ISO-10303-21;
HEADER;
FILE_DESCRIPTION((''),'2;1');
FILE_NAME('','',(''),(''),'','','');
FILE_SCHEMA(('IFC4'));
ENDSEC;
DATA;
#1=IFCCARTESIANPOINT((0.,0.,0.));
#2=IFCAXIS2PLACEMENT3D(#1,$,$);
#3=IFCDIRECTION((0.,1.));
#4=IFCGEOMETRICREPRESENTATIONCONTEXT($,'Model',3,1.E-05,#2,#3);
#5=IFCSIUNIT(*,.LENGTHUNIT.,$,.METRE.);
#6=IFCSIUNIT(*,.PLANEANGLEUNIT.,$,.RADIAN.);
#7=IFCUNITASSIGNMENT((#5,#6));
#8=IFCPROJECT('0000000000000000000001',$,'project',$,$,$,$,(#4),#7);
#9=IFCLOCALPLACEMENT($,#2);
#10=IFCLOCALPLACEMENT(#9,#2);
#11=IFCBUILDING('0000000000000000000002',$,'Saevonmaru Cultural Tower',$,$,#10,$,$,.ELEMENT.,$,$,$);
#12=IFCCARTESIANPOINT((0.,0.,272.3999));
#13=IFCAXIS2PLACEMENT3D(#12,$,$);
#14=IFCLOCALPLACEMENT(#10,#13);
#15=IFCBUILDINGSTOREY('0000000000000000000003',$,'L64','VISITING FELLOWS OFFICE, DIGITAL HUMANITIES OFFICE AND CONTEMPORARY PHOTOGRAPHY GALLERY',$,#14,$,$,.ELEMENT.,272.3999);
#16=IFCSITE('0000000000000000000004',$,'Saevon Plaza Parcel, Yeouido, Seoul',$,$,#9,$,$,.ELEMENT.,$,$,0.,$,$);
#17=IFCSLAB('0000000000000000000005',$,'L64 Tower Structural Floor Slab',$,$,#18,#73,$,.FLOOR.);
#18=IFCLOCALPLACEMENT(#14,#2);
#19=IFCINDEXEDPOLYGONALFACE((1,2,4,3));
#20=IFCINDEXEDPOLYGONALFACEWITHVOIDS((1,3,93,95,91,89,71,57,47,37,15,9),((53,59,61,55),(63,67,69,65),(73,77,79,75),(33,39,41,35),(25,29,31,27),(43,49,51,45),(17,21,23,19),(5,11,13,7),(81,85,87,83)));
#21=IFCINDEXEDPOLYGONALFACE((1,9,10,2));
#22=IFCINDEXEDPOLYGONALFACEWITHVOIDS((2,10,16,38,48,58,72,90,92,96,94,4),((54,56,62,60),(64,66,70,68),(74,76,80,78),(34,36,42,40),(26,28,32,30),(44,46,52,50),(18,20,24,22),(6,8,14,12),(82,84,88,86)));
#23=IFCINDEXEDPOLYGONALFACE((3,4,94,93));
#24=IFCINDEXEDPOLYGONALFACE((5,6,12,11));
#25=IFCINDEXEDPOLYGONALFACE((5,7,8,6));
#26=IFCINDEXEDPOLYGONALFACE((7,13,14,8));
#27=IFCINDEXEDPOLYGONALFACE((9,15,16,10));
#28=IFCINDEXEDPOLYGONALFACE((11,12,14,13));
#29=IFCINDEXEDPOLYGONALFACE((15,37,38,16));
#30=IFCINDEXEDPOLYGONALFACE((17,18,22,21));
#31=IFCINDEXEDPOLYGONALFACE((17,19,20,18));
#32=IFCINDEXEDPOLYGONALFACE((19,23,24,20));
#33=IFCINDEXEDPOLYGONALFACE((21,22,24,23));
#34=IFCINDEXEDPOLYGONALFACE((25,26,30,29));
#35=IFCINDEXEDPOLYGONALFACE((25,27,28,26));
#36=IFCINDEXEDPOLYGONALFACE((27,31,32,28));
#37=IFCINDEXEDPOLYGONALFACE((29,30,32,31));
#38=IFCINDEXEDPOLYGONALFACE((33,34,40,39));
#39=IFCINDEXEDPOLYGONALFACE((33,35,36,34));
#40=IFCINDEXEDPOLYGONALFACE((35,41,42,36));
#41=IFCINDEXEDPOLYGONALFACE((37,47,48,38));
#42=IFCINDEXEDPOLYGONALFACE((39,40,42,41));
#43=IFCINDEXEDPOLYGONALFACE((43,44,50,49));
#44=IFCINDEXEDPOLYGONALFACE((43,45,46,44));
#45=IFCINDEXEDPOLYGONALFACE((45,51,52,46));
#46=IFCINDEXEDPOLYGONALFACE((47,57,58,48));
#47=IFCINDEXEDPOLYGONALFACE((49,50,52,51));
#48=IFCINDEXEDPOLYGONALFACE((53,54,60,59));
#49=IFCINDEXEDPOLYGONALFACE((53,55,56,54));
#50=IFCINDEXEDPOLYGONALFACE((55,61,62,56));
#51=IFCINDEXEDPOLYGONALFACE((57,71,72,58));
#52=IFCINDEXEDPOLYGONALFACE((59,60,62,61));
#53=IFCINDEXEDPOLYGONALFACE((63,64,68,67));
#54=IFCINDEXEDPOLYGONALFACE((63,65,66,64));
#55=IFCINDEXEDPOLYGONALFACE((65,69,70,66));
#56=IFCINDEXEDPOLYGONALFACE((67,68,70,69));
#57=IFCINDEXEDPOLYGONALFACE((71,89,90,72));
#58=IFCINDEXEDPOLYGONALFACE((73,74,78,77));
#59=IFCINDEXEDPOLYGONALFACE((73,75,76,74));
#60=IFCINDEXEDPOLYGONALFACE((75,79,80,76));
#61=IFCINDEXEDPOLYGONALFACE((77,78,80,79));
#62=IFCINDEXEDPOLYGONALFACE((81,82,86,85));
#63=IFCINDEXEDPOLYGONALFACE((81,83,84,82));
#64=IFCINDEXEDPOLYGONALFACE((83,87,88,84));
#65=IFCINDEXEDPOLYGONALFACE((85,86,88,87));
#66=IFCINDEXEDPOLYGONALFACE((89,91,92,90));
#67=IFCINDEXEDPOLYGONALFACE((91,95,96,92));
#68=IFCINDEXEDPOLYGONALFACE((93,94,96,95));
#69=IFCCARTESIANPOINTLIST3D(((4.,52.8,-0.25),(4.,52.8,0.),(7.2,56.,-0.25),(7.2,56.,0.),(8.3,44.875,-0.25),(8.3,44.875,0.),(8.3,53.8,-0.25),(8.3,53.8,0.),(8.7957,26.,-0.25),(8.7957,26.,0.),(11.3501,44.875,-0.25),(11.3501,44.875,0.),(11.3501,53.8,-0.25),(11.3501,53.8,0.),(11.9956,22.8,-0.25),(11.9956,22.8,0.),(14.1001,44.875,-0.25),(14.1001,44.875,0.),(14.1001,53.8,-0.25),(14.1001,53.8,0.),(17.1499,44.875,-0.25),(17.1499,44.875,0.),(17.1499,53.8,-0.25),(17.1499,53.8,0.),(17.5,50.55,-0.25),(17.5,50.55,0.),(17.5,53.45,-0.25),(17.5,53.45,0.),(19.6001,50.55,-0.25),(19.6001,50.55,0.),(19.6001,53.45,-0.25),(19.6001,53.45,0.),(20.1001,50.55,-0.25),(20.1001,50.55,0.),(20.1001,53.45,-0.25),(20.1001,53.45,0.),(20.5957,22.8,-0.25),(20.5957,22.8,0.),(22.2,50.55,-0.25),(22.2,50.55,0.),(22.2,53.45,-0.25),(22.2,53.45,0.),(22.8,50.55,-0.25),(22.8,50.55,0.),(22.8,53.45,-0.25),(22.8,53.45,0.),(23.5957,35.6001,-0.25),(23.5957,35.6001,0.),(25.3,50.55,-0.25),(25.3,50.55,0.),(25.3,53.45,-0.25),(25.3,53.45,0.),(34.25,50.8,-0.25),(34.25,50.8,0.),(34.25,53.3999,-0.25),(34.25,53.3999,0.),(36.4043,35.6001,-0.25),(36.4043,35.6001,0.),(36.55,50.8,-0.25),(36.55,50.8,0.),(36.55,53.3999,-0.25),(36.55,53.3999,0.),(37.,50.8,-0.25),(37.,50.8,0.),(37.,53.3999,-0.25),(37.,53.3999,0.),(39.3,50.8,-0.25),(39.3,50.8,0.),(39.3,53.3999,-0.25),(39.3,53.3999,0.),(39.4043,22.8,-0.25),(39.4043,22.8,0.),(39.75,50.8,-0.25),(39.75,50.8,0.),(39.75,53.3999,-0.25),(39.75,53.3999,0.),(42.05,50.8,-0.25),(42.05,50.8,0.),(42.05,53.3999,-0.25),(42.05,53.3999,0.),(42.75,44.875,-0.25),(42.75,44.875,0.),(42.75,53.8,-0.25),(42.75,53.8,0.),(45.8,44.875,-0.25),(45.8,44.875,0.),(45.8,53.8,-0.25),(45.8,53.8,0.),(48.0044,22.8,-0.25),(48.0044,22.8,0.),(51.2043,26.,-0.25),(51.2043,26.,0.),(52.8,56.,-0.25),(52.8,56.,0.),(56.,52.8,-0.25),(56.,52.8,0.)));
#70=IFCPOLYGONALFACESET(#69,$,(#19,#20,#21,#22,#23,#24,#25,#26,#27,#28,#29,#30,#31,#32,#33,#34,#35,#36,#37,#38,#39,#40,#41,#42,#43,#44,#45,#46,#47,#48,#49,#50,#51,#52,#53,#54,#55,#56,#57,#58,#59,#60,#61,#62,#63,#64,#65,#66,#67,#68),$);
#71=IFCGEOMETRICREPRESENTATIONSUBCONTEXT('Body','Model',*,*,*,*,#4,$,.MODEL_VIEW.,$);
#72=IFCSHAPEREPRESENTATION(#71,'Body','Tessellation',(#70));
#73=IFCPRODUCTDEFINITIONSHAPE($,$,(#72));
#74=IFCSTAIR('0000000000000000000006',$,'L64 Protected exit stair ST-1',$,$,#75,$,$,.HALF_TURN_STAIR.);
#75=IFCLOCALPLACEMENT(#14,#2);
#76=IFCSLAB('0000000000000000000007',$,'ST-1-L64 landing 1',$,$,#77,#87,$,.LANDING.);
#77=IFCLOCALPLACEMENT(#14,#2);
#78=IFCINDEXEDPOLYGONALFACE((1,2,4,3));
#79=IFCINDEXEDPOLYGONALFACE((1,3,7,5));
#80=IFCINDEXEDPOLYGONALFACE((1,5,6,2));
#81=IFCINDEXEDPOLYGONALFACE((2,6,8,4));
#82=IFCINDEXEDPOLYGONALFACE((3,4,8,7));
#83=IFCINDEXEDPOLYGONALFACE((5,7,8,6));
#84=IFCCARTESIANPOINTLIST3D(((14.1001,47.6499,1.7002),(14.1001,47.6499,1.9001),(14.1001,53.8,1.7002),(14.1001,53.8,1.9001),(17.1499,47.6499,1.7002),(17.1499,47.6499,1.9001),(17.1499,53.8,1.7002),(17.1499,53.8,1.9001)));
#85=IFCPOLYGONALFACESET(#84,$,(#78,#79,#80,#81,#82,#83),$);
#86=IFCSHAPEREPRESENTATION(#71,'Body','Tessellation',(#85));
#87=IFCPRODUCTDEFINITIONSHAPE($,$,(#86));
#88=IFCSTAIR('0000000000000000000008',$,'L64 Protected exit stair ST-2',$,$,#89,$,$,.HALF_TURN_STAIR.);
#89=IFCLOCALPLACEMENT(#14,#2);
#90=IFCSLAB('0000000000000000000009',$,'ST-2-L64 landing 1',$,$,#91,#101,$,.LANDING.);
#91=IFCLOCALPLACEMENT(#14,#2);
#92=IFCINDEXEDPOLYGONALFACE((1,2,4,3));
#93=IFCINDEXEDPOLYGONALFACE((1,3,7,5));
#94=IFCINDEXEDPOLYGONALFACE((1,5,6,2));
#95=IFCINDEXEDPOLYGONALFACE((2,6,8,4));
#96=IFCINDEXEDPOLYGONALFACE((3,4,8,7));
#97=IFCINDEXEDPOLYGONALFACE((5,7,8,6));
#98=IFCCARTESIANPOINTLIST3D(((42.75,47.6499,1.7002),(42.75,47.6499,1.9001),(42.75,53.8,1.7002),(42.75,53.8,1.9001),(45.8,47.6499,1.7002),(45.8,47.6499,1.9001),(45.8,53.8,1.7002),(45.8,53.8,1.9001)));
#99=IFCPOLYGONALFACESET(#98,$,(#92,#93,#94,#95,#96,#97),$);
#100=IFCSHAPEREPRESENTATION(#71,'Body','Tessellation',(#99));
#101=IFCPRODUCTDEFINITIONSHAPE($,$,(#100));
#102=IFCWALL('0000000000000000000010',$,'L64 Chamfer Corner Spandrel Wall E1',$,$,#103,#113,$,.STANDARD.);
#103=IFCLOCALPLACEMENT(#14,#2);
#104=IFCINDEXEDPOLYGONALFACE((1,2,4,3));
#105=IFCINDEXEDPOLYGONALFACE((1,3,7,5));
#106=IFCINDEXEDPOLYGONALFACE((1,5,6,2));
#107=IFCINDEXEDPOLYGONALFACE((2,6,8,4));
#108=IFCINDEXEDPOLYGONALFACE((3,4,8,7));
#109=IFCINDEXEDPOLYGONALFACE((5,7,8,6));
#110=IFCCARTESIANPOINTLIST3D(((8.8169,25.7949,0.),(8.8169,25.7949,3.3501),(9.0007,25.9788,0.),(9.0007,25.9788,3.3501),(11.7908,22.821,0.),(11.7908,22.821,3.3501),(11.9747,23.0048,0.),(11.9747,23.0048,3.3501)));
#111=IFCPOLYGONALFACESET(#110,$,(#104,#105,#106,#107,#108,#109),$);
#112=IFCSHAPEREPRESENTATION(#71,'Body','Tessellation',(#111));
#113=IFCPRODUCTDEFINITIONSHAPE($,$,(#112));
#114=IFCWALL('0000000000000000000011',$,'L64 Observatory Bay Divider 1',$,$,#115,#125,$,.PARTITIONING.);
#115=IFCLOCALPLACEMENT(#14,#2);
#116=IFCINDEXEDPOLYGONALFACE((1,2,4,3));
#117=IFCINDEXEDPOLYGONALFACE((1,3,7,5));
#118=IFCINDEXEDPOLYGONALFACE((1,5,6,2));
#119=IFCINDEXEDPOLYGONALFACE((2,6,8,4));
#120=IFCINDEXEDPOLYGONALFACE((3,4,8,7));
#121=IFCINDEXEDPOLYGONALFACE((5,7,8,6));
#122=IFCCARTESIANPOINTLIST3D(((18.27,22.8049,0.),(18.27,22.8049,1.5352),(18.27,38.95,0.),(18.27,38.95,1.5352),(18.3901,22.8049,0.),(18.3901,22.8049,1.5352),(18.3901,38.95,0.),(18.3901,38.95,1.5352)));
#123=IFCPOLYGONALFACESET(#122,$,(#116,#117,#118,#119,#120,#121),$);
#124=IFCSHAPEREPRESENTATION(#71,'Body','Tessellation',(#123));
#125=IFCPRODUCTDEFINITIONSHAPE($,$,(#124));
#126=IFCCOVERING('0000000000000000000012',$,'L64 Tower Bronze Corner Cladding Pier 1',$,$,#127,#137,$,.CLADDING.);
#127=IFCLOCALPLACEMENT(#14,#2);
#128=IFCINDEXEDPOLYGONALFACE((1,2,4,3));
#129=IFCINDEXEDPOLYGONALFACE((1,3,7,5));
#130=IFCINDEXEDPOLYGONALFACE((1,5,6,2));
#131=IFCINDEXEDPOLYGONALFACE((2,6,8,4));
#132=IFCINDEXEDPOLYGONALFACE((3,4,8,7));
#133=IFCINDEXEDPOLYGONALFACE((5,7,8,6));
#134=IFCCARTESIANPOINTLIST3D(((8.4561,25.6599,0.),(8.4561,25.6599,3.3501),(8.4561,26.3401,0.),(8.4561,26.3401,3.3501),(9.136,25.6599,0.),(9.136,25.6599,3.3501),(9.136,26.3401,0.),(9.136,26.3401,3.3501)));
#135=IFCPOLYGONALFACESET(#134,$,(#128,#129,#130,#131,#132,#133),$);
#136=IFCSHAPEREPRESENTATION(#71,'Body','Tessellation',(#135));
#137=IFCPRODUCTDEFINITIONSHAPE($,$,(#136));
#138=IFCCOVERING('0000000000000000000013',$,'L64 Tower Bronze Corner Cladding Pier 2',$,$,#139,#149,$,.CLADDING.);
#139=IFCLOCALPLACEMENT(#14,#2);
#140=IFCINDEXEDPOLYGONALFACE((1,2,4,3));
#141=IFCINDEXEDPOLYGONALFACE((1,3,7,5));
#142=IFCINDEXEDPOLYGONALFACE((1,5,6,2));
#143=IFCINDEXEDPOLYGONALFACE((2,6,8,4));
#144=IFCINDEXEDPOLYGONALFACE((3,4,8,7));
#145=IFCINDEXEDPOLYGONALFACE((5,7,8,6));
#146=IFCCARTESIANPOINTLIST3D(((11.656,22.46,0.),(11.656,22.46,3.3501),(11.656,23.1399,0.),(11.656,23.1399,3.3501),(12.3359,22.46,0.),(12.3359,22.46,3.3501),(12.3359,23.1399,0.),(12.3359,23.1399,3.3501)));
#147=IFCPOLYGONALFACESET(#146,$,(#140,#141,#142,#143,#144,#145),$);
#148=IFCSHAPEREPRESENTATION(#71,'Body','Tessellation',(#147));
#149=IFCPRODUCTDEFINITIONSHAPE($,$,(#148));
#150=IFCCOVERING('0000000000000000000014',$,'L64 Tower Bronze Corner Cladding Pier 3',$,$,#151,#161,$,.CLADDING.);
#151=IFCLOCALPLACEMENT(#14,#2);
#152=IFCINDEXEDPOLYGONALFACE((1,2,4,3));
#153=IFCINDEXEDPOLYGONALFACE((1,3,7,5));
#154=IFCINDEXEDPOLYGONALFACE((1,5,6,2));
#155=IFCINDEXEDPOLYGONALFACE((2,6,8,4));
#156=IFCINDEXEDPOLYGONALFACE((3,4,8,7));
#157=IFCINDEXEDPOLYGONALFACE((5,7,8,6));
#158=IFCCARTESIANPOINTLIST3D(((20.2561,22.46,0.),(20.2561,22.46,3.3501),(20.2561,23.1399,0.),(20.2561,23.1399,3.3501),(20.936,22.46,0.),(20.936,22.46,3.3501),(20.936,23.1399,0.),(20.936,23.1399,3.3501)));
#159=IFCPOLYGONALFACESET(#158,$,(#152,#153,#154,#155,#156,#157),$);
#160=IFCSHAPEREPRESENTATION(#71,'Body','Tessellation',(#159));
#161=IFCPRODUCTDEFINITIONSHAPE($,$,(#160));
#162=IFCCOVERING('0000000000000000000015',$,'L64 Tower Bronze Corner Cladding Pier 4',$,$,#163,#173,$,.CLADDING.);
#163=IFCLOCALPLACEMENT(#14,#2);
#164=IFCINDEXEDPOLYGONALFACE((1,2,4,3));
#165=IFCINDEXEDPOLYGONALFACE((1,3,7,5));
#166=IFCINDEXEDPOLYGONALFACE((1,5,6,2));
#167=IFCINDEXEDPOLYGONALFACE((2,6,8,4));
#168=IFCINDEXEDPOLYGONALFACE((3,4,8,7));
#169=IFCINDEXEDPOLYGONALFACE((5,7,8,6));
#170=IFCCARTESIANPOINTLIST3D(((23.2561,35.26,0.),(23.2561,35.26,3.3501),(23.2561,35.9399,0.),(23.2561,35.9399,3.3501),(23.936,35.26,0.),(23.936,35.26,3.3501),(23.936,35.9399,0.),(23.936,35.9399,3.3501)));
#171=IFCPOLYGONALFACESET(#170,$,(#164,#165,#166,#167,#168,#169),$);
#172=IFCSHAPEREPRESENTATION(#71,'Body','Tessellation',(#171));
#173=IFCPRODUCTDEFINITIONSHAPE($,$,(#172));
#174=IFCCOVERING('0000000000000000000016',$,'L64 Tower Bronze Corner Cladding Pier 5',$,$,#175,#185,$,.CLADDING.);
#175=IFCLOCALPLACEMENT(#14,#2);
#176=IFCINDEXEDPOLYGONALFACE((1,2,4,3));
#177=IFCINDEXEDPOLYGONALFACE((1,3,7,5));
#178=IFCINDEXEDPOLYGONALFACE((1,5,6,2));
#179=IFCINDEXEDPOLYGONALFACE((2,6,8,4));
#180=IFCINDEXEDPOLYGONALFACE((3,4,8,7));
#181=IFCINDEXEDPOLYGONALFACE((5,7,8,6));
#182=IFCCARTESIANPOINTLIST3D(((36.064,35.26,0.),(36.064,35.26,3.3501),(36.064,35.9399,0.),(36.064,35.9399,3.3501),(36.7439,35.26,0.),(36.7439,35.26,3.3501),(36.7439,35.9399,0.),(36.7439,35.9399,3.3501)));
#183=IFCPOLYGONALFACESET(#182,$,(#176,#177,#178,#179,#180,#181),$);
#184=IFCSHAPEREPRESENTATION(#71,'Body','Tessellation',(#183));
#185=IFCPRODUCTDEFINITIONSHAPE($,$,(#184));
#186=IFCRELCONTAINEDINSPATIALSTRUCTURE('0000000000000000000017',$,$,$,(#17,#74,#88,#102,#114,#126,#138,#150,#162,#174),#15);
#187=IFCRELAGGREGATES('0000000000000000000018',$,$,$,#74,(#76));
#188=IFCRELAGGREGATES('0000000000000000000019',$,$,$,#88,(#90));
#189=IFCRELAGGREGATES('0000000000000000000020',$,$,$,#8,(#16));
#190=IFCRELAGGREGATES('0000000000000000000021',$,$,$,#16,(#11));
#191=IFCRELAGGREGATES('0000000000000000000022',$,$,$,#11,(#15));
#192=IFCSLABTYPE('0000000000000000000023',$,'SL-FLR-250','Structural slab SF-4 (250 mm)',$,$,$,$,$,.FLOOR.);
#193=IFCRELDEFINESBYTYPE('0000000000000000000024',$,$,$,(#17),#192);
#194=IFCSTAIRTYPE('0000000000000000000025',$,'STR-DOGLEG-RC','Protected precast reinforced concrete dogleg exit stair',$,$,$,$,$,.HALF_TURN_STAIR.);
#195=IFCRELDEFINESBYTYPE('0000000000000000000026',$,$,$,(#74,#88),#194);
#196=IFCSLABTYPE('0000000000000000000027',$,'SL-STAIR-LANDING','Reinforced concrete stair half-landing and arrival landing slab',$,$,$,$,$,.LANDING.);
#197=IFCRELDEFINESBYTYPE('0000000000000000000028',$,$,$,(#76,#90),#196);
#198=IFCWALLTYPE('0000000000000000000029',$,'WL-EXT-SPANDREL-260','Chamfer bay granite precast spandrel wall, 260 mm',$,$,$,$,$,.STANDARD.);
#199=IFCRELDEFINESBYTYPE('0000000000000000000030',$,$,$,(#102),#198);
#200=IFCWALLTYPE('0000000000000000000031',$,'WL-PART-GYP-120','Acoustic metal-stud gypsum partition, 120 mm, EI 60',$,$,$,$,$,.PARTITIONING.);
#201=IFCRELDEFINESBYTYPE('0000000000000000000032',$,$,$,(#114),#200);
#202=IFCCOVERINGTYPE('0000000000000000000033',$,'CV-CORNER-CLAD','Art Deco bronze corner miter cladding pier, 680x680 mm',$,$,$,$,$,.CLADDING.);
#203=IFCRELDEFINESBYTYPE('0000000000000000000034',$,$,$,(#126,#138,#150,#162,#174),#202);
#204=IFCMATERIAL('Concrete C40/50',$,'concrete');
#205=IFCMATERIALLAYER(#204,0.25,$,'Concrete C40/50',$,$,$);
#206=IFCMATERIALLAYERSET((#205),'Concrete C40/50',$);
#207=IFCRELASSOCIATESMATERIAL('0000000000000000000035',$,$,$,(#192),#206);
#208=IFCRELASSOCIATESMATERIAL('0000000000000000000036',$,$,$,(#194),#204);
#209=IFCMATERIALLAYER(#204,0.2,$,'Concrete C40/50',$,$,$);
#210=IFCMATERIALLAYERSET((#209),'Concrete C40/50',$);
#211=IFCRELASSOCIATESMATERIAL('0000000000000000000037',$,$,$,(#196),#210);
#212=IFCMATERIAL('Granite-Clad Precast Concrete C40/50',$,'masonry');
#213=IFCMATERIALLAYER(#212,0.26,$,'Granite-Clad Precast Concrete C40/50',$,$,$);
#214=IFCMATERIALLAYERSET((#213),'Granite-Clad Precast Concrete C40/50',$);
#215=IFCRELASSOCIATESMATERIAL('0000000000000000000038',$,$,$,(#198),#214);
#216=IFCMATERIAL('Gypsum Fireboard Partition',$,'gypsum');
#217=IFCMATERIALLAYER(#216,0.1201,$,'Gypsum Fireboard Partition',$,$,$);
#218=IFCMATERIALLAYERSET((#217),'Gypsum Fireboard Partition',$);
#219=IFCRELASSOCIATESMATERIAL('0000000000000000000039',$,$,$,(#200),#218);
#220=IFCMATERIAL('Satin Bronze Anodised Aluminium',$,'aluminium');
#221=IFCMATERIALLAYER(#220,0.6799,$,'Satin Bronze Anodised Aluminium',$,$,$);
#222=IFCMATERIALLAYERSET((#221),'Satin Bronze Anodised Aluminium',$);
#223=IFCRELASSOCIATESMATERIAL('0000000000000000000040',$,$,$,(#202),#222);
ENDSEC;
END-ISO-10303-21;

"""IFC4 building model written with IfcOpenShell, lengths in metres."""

from ifc_helpers import new_model, si_unit, direction, frame, frame_2d, origin, place, context, subcontext, project, spatial, polyline, rectangle, outline, extrude, material, layer, layer_set, type_object, element, aggregate, save


model = new_model("IFC4")

# Units and contexts
model_context = context("Model", 3, precision=1e-05, world=origin(), true_north=direction((0.0, 1.0)))
body_context = subcontext(model_context, "Body", "Model", "MODEL_VIEW")
ifc_project = project(units=[si_unit("LENGTHUNIT", "METRE"), si_unit("PLANEANGLEUNIT", "RADIAN")], contexts=[model_context])

# Site, building, storey
site_placement = place(None, origin())
site = spatial("IfcSite", under=ifc_project, at=site_placement, Name="Saevon Plaza Parcel, Yeouido, Seoul", CompositionType="ELEMENT", RefElevation=0.0)
building_placement = place(site_placement, origin())
building = spatial("IfcBuilding", under=site, at=building_placement, Name="Saevonmaru Cultural Tower", CompositionType="ELEMENT")
storey_placement = place(building_placement, frame((0.0, 0.0, 272.3999)))
storey = spatial("IfcBuildingStorey", under=building, at=storey_placement, Name="L64", Description="VISITING FELLOWS OFFICE, DIGITAL HUMANITIES OFFICE AND CONTEMPORARY PHOTOGRAPHY GALLERY", CompositionType="ELEMENT", Elevation=272.3999)

# Shared definitions
ifc_material_1 = material(Name="Satin Bronze Anodised Aluminium", Category="aluminium")

# Slab
ifc_material_2 = material(Name="Concrete C40/50", Category="concrete")
ifc_layer_1 = layer(ifc_material_2, 0.25, Name="Concrete C40/50")
ifc_layer_set_1 = layer_set([ifc_layer_1], Name="Concrete C40/50")
slab_type_1 = type_object("IfcSlabType", Name="SL-FLR-250", Description="Structural slab SF-4 (250 mm)", PredefinedType="FLOOR", material=ifc_layer_set_1)
slab_1_placement = place(storey_placement, frame((0.0, 0.0, -0.25)))
element("IfcSlab", 1, at=slab_1_placement, inside=storey, type_object=slab_type_1, Name="L64 Tower Structural Floor Slab", PredefinedType="FLOOR", context=body_context, shape_type="SweptSolid", body=[
    extrude(outline(polyline([(8.7957, 26.0), (11.9956, 22.8), (20.5957, 22.8), (23.5957, 35.6001), (36.4043, 35.6001), (39.4043, 22.8), (48.0044, 22.8), (51.2043, 26.0), (56.0, 52.8), (52.8, 56.0), (7.2, 56.0), (4.0, 52.8), (8.7957, 26.0)]), holes=[polyline([(45.8, 53.8), (45.8, 44.875), (42.75, 44.875), (42.75, 53.8), (45.8, 53.8)]), polyline([(39.75, 50.8), (39.75, 53.3999), (42.05, 53.3999), (42.05, 50.8), (39.75, 50.8)]), polyline([(37.0, 50.8), (37.0, 53.3999), (39.3, 53.3999), (39.3, 50.8), (37.0, 50.8)]), polyline([(36.55, 50.8), (34.25, 50.8), (34.25, 53.3999), (36.55, 53.3999), (36.55, 50.8)]), polyline([(25.3, 50.55), (22.8, 50.55), (22.8, 53.45), (25.3, 53.45), (25.3, 50.55)]), polyline([(22.2, 50.55), (20.1001, 50.55), (20.1001, 53.45), (22.2, 53.45), (22.2, 50.55)]), polyline([(19.6001, 50.55), (17.5, 50.55), (17.5, 53.45), (19.6001, 53.45), (19.6001, 50.55)]), polyline([(17.1499, 53.8), (17.1499, 44.875), (14.1001, 44.875), (14.1001, 53.8), (17.1499, 53.8)]), polyline([(11.3501, 53.8), (11.3501, 44.875), (8.3, 44.875), (8.3, 53.8), (11.3501, 53.8)])]), origin(), (0.0, 0.0, 1.0), 0.25),
])

# Stairs, slabs
stair_type = type_object("IfcStairType", Name="STR-DOGLEG-RC", Description="Protected precast reinforced concrete dogleg exit stair", PredefinedType="HALF_TURN_STAIR", material=ifc_material_2)
stair_1_placement = place(storey_placement, origin())
stair_1 = element("IfcStair", 2, at=stair_1_placement, inside=storey, type_object=stair_type, Name="L64 Protected exit stair ST-1", PredefinedType="HALF_TURN_STAIR")
ifc_layer_2 = layer(ifc_material_2, 0.2, Name="Concrete C40/50")
ifc_layer_set_2 = layer_set([ifc_layer_2], Name="Concrete C40/50")
slab_type_2 = type_object("IfcSlabType", Name="SL-STAIR-LANDING", Description="Reinforced concrete stair half-landing and arrival landing slab", PredefinedType="LANDING", material=ifc_layer_set_2)
slab_2_placement = place(storey_placement, frame((0.0, 0.0, 1.7002)))
slab_2 = element("IfcSlab", 3, at=slab_2_placement, type_object=slab_type_2, Name="ST-1-L64 landing 1", PredefinedType="LANDING", context=body_context, shape_type="SweptSolid", body=[
    extrude(outline(polyline([(17.1499, 47.6499), (17.1499, 53.8), (14.1001, 53.8), (14.1001, 47.6499), (17.1499, 47.6499)])), origin(), (0.0, 0.0, 1.0), 0.2),
])
aggregate(stair_1, [slab_2])
stair_2_placement = place(storey_placement, origin())
stair_2 = element("IfcStair", 4, at=stair_2_placement, inside=storey, type_object=stair_type, Name="L64 Protected exit stair ST-2", PredefinedType="HALF_TURN_STAIR")
slab_3_placement = place(storey_placement, frame((0.0, 0.0, 1.7002)))
slab_3 = element("IfcSlab", 5, at=slab_3_placement, type_object=slab_type_2, Name="ST-2-L64 landing 1", PredefinedType="LANDING", context=body_context, shape_type="SweptSolid", body=[
    extrude(outline(polyline([(45.8, 47.6499), (45.8, 53.8), (42.75, 53.8), (42.75, 47.6499), (45.8, 47.6499)])), origin(), (0.0, 0.0, 1.0), 0.2),
])
aggregate(stair_2, [slab_3])

# Walls
ifc_material_3 = material(Name="Granite-Clad Precast Concrete C40/50", Category="masonry")
ifc_layer_3 = layer(ifc_material_3, 0.26, Name="Granite-Clad Precast Concrete C40/50")
ifc_layer_set_3 = layer_set([ifc_layer_3], Name="Granite-Clad Precast Concrete C40/50")
wall_type_1 = type_object("IfcWallType", Name="WL-EXT-SPANDREL-260", Description="Chamfer bay granite precast spandrel wall, 260 mm", PredefinedType="STANDARD", material=ifc_layer_set_3)
wall_1_placement = place(storey_placement, frame((8.9087, 25.887, 0.0), z_axis=(0.0, 0.0, 1.0), x_axis=(0.707107, -0.707107, 0.0)))
element("IfcWall", 6, at=wall_1_placement, inside=storey, type_object=wall_type_1, Name="L64 Chamfer Corner Spandrel Wall E1", PredefinedType="STANDARD", context=body_context, shape_type="SweptSolid", body=[
    extrude(rectangle(XDim=4.2058, YDim=0.26, at=frame_2d((2.103, 0.0))), origin(), (0.0, 0.0, 1.0), 3.3501),
])
ifc_material_4 = material(Name="Gypsum Fireboard Partition", Category="gypsum")
ifc_layer_4 = layer(ifc_material_4, 0.1201, Name="Gypsum Fireboard Partition")
ifc_layer_set_4 = layer_set([ifc_layer_4], Name="Gypsum Fireboard Partition")
wall_type_2 = type_object("IfcWallType", Name="WL-PART-GYP-120", Description="Acoustic metal-stud gypsum partition, 120 mm, EI 60", PredefinedType="PARTITIONING", material=ifc_layer_set_4)
wall_2_placement = place(storey_placement, frame((18.3301, 22.8049, 0.0), z_axis=(0.0, 0.0, 1.0), x_axis=(0.0, 1.0, 0.0)))
element("IfcWall", 7, at=wall_2_placement, inside=storey, type_object=wall_type_2, Name="L64 Observatory Bay Divider 1", PredefinedType="PARTITIONING", context=body_context, shape_type="SweptSolid", body=[
    extrude(rectangle(XDim=16.145, YDim=0.1201, at=frame_2d((8.0725, 0.0))), origin(), (0.0, 0.0, 1.0), 1.5352),
])

# Coverings
ifc_layer_5 = layer(ifc_material_1, 0.6799, Name="Satin Bronze Anodised Aluminium")
ifc_layer_set_5 = layer_set([ifc_layer_5], Name="Satin Bronze Anodised Aluminium")
covering_type = type_object("IfcCoveringType", Name="CV-CORNER-CLAD", Description="Art Deco bronze corner miter cladding pier, 680x680 mm", PredefinedType="CLADDING", material=ifc_layer_set_5)
covering_1_placement = place(storey_placement, origin())
element("IfcCovering", 8, at=covering_1_placement, inside=storey, type_object=covering_type, Name="L64 Tower Bronze Corner Cladding Pier 1", PredefinedType="CLADDING", context=body_context, shape_type="SweptSolid", body=[
    extrude(outline(polyline([(8.4561, 25.6599), (9.136, 25.6599), (9.136, 26.3401), (8.4561, 26.3401), (8.4561, 25.6599)])), origin(), (0.0, 0.0, 1.0), 3.3501),
])
covering_2_placement = place(storey_placement, origin())
element("IfcCovering", 9, at=covering_2_placement, inside=storey, type_object=covering_type, Name="L64 Tower Bronze Corner Cladding Pier 2", PredefinedType="CLADDING", context=body_context, shape_type="SweptSolid", body=[
    extrude(outline(polyline([(11.656, 22.46), (12.3359, 22.46), (12.3359, 23.1399), (11.656, 23.1399), (11.656, 22.46)])), origin(), (0.0, 0.0, 1.0), 3.3501),
])
covering_3_placement = place(storey_placement, origin())
element("IfcCovering", 10, at=covering_3_placement, inside=storey, type_object=covering_type, Name="L64 Tower Bronze Corner Cladding Pier 3", PredefinedType="CLADDING", context=body_context, shape_type="SweptSolid", body=[
    extrude(outline(polyline([(20.2561, 22.46), (20.936, 22.46), (20.936, 23.1399), (20.2561, 23.1399), (20.2561, 22.46)])), origin(), (0.0, 0.0, 1.0), 3.3501),
])
covering_4_placement = place(storey_placement, origin())
element("IfcCovering", 11, at=covering_4_placement, inside=storey, type_object=covering_type, Name="L64 Tower Bronze Corner Cladding Pier 4", PredefinedType="CLADDING", context=body_context, shape_type="SweptSolid", body=[
    extrude(outline(polyline([(23.2561, 35.26), (23.936, 35.26), (23.936, 35.9399), (23.2561, 35.9399), (23.2561, 35.26)])), origin(), (0.0, 0.0, 1.0), 3.3501),
])
covering_5_placement = place(storey_placement, origin())
element("IfcCovering", 12, at=covering_5_placement, inside=storey, type_object=covering_type, Name="L64 Tower Bronze Corner Cladding Pier 5", PredefinedType="CLADDING", context=body_context, shape_type="SweptSolid", body=[
    extrude(outline(polyline([(36.064, 35.26), (36.7439, 35.26), (36.7439, 35.9399), (36.064, 35.9399), (36.064, 35.26)])), origin(), (0.0, 0.0, 1.0), 3.3501),
])

save(model, "model.ifc")
